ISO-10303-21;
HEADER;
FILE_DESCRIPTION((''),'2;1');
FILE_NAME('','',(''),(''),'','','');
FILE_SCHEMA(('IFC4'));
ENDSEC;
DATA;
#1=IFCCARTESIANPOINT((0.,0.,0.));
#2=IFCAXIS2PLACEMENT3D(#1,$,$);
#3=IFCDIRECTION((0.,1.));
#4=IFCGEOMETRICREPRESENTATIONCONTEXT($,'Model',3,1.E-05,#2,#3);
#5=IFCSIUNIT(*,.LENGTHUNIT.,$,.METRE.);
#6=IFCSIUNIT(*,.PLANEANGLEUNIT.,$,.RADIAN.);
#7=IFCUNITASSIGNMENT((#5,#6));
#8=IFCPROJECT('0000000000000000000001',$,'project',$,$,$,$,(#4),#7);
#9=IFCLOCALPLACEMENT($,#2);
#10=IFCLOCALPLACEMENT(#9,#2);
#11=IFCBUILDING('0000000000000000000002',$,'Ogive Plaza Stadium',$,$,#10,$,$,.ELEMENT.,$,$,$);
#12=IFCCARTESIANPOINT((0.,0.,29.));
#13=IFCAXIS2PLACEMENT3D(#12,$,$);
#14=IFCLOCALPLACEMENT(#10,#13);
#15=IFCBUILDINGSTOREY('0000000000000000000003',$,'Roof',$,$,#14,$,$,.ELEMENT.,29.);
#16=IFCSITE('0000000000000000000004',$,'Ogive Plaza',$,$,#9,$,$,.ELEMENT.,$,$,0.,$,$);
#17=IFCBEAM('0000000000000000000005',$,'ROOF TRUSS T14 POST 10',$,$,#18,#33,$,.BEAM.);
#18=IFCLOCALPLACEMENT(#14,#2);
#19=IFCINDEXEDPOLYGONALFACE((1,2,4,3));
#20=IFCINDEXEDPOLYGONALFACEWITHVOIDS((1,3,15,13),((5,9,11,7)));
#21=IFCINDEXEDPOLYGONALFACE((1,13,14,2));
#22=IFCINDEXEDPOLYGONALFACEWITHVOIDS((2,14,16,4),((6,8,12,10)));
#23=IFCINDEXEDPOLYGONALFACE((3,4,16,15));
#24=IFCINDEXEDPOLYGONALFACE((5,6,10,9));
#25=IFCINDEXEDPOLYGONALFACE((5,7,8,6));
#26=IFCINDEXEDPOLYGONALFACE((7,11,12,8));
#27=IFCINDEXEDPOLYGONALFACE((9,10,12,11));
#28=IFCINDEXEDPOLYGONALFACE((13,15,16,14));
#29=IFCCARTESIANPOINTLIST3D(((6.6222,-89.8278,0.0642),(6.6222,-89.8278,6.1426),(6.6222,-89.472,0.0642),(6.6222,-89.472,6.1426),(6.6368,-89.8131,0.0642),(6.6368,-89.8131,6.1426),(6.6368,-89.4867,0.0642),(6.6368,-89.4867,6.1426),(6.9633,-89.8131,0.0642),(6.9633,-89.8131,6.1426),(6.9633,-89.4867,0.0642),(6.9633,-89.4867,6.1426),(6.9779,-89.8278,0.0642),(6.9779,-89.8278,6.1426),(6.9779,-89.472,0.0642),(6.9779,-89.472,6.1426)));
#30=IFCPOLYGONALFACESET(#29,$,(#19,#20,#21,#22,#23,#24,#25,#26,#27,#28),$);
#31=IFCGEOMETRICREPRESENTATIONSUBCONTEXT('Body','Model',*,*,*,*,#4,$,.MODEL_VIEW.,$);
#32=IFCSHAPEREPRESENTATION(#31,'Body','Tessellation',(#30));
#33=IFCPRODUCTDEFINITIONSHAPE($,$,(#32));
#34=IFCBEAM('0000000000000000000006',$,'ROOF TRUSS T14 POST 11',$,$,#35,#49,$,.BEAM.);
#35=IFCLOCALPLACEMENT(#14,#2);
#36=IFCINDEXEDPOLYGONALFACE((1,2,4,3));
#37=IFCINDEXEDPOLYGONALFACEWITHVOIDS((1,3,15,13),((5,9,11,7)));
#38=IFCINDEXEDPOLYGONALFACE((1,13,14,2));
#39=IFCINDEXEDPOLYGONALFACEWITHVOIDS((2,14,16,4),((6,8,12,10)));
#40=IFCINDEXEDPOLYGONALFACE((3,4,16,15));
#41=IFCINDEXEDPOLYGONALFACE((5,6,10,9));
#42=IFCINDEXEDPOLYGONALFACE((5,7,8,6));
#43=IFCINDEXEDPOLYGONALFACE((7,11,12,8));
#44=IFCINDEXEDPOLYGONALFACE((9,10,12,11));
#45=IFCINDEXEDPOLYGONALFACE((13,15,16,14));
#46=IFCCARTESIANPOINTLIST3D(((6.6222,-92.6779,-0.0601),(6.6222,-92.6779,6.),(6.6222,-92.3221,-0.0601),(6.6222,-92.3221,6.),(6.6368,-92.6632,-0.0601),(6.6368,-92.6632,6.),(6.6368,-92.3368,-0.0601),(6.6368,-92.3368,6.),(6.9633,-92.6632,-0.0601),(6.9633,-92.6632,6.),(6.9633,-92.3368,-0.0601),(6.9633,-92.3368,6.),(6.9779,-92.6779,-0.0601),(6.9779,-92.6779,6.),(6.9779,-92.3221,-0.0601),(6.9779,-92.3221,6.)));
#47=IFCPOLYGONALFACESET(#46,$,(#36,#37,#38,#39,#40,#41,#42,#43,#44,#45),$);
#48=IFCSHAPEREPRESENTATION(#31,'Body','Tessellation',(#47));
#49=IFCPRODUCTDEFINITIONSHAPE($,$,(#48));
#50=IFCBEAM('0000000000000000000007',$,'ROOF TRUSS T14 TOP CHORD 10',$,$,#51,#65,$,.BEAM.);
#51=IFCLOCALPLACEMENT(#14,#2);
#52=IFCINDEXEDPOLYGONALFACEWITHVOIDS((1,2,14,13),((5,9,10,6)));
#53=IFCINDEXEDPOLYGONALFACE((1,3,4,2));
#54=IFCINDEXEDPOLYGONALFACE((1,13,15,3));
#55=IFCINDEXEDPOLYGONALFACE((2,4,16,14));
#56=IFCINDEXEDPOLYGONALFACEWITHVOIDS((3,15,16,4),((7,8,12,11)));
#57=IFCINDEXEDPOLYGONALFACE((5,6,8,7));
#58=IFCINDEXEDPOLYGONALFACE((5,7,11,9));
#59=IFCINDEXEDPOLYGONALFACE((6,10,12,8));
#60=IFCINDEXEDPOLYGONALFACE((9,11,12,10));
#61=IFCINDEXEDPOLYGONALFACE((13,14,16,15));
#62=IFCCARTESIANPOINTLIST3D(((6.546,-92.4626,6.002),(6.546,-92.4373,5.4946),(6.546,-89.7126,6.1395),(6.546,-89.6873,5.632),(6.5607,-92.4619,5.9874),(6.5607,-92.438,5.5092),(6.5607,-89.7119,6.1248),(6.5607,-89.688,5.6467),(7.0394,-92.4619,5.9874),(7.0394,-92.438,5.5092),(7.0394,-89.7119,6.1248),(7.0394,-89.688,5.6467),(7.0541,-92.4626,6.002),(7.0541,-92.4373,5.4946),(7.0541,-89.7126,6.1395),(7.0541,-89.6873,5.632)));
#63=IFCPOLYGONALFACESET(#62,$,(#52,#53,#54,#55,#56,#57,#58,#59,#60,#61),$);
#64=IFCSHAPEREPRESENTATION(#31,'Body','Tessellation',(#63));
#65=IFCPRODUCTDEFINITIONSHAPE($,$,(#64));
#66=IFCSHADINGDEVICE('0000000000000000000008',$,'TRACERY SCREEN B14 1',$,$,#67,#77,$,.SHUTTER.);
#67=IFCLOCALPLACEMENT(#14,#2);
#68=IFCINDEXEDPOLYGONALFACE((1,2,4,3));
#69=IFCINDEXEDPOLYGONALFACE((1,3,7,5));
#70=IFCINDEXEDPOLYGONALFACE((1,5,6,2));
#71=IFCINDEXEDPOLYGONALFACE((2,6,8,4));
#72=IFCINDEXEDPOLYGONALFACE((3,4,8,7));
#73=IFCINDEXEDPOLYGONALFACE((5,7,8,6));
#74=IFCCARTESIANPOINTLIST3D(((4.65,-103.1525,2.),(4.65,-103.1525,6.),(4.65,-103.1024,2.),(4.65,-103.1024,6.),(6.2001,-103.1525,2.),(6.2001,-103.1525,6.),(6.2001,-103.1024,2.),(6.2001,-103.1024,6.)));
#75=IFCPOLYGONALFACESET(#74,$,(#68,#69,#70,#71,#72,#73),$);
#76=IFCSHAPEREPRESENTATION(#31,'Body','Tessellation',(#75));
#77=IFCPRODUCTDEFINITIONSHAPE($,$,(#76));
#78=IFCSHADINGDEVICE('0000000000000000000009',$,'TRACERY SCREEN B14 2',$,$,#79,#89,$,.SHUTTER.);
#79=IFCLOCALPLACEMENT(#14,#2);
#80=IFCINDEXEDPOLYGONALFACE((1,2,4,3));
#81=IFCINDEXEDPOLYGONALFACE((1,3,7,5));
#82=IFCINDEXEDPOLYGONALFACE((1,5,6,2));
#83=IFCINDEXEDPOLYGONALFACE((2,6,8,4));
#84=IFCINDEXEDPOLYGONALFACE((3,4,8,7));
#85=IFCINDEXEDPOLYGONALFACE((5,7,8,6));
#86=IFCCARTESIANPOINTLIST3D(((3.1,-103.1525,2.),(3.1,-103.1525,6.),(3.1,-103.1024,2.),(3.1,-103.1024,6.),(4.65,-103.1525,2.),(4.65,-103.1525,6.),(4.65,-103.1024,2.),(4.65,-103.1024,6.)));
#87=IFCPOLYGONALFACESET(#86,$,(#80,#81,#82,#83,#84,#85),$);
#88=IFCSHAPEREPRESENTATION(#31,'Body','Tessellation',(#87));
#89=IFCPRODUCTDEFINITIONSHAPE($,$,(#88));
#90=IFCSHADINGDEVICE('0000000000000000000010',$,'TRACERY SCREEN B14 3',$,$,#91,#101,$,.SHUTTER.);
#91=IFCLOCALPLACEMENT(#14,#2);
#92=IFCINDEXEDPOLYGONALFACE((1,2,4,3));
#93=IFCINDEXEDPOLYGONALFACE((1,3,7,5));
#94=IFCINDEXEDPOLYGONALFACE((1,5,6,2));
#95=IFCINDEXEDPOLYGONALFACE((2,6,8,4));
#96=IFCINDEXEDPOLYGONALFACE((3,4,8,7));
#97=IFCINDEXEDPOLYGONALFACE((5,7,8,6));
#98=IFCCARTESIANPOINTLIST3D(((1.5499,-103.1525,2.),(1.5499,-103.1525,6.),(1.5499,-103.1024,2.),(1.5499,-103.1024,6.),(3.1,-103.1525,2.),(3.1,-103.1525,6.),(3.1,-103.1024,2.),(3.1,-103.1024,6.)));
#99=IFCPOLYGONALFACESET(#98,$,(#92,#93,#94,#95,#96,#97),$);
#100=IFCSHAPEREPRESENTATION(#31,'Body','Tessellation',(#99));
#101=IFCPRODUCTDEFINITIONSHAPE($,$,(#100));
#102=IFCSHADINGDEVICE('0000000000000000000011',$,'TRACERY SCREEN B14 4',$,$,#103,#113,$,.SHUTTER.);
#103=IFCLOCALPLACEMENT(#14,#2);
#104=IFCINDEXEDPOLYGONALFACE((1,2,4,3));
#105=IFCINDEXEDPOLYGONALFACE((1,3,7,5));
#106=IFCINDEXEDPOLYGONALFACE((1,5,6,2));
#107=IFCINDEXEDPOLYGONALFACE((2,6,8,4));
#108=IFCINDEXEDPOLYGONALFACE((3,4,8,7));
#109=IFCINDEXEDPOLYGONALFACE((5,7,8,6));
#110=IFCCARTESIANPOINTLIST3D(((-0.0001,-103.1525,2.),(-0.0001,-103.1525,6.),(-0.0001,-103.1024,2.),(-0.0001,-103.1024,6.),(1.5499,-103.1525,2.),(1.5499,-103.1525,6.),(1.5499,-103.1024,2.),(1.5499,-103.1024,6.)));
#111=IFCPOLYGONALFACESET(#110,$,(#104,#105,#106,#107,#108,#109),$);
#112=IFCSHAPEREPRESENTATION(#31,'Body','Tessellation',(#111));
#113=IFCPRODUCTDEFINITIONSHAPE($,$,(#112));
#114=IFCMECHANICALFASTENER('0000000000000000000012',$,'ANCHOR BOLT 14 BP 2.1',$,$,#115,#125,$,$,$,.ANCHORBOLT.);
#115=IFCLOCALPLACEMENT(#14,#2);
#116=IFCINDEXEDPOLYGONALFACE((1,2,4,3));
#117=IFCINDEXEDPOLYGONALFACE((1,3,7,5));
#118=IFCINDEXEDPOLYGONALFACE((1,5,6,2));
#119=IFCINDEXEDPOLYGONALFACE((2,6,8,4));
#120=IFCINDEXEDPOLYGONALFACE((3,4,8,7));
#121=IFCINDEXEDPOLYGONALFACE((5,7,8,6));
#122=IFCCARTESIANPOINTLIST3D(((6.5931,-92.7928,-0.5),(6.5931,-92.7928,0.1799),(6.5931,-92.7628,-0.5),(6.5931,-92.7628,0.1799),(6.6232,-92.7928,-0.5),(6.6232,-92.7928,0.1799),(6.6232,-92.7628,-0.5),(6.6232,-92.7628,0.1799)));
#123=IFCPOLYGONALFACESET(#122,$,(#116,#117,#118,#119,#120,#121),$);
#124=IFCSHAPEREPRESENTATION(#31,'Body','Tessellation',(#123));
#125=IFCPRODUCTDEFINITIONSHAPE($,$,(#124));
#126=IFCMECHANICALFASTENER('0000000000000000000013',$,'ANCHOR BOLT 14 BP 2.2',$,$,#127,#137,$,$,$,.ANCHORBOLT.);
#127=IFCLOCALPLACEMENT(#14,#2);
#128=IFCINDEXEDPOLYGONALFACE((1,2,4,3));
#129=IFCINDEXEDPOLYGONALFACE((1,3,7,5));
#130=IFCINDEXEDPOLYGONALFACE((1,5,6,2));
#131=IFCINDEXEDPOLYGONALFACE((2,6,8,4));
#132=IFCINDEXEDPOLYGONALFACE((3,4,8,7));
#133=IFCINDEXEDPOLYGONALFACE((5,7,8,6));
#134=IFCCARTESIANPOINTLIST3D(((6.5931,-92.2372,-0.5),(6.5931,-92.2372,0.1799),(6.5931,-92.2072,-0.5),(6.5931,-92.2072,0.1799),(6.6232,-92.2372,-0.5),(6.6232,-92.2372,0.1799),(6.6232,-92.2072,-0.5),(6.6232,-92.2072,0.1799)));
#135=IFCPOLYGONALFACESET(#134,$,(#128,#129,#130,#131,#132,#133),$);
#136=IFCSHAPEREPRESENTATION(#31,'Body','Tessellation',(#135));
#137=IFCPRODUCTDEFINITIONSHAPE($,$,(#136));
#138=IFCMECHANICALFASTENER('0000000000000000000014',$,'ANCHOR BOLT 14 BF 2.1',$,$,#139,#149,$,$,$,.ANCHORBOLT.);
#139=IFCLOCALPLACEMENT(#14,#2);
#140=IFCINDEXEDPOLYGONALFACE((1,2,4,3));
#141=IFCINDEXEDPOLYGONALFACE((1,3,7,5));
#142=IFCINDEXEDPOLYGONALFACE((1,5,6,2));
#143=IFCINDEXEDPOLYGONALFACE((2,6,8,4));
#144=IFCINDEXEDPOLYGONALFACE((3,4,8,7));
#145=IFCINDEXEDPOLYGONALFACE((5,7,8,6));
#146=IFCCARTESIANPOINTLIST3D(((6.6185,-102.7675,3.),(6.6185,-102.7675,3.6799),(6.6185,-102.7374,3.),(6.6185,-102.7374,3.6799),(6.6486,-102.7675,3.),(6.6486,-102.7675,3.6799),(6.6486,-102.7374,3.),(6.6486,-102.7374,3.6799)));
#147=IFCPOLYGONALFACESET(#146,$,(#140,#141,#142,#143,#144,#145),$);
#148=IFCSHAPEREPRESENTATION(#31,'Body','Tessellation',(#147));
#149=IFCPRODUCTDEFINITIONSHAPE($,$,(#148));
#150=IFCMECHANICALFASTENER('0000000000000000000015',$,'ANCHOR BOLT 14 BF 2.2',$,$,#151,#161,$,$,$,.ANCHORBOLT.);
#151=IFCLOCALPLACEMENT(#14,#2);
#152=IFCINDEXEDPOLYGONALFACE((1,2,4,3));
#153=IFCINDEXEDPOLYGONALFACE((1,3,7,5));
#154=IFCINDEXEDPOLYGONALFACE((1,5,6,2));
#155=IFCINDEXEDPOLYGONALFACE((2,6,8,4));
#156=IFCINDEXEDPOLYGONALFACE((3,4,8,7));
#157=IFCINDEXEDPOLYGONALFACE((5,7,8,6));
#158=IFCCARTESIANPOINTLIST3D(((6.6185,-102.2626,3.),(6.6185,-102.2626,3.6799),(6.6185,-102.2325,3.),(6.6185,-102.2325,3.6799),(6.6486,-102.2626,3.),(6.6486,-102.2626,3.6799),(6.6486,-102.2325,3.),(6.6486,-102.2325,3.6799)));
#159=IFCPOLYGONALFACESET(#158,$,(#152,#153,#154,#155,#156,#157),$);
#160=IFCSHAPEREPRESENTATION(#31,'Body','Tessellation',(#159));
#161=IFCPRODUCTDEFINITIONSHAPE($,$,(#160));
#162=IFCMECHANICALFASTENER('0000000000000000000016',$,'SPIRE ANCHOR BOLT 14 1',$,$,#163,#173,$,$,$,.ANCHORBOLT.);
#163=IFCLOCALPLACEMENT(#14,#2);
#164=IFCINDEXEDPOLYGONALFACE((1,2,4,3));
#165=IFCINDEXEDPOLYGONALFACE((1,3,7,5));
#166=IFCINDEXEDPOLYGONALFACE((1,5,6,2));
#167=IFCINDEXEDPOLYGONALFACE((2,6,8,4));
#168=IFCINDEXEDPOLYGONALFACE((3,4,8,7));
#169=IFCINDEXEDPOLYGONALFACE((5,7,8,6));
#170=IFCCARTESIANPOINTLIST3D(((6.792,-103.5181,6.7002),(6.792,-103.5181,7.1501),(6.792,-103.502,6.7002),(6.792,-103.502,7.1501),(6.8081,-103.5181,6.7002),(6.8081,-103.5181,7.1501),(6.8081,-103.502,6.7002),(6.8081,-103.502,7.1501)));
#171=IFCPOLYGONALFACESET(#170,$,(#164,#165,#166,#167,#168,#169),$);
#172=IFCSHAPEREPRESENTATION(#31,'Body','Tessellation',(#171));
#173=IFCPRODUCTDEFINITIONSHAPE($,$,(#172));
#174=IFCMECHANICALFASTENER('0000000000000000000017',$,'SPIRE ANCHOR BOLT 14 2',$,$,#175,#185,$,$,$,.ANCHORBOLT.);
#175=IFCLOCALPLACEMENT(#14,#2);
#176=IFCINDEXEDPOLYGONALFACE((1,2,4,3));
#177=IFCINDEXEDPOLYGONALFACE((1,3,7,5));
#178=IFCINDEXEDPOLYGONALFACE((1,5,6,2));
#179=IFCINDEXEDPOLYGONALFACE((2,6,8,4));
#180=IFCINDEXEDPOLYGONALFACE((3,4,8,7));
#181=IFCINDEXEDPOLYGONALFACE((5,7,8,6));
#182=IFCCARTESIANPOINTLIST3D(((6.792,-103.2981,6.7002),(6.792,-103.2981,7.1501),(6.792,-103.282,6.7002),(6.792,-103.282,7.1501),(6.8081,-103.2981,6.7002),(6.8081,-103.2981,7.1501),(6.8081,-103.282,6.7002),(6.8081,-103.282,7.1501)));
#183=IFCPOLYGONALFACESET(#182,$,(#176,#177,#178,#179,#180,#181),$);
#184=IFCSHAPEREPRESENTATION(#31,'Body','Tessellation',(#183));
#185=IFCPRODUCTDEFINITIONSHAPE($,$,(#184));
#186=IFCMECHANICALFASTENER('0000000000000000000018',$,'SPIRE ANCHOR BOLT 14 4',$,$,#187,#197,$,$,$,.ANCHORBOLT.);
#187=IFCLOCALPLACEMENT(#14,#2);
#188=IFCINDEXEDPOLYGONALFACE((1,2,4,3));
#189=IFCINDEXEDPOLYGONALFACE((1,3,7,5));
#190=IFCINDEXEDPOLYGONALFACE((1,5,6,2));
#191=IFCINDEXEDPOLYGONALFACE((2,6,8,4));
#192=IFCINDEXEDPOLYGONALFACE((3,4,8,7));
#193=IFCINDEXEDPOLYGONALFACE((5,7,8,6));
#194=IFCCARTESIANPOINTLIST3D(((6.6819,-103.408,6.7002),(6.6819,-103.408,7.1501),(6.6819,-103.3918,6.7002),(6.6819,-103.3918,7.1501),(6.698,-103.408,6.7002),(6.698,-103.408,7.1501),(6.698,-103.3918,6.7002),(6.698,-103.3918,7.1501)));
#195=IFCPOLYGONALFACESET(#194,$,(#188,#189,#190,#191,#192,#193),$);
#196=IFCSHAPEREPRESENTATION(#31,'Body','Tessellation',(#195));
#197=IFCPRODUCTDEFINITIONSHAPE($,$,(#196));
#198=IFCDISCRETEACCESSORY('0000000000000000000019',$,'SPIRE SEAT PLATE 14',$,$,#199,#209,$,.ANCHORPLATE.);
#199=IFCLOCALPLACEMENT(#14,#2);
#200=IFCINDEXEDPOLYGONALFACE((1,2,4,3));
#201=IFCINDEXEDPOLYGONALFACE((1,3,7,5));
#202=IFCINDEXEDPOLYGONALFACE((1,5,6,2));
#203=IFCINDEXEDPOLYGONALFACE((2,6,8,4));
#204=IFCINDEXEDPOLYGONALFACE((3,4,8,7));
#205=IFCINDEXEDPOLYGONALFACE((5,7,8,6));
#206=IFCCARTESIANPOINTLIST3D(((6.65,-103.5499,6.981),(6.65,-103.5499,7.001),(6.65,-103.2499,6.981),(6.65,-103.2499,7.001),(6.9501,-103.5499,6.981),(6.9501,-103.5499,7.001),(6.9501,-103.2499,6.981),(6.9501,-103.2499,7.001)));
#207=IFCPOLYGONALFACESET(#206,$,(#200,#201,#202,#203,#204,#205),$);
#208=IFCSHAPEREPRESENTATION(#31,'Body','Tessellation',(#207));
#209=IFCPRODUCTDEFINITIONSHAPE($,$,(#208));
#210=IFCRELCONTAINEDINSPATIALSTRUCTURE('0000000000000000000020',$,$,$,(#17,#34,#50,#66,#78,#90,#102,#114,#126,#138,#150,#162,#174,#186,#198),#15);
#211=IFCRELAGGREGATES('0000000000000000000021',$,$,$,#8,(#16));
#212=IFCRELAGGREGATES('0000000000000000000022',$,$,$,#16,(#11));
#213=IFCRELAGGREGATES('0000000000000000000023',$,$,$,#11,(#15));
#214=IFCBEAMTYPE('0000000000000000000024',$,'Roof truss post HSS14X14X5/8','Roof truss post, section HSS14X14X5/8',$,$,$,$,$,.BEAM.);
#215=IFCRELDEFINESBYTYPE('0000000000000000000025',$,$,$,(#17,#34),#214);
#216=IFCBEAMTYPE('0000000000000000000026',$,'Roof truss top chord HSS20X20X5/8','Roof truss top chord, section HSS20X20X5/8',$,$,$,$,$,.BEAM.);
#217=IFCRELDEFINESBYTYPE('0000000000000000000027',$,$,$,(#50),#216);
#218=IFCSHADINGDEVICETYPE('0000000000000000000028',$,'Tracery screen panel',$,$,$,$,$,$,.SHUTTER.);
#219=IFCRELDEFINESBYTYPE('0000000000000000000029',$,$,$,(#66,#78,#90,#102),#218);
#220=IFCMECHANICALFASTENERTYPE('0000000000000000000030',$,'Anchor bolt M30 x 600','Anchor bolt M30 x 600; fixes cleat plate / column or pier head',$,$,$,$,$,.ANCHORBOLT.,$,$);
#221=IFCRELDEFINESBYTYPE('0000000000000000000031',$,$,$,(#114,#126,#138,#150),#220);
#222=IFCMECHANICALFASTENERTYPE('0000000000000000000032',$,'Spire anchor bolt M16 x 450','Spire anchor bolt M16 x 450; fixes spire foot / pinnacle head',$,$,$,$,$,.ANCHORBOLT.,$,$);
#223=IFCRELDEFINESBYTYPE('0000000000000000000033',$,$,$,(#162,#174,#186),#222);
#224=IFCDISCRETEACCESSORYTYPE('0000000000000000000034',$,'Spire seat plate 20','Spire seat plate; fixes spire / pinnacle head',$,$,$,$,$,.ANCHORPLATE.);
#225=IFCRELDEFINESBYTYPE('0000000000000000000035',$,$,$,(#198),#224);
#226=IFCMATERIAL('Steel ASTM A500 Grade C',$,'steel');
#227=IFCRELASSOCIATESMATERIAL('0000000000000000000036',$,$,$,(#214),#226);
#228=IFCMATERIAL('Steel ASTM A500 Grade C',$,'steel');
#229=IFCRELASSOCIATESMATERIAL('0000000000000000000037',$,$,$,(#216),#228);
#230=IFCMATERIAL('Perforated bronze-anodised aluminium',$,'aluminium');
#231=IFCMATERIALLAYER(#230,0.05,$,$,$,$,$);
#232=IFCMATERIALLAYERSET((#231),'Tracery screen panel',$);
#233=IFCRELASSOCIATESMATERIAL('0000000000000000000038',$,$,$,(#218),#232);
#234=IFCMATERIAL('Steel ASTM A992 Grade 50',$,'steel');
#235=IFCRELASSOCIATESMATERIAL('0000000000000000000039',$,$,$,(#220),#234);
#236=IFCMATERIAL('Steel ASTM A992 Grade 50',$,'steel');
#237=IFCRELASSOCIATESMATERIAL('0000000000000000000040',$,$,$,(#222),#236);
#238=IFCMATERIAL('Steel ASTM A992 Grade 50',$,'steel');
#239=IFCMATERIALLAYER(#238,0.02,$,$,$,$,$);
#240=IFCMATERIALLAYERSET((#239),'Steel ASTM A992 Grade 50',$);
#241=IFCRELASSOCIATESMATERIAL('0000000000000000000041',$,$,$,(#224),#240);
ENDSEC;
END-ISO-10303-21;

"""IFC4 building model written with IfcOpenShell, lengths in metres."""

from ifc_helpers import new_model, si_unit, direction, frame, origin, origin_2d, place, context, subcontext, project, spatial, rectangle, hollow_rectangle, extrude, material, layer, layer_set, material_profile, profile_set, type_object, element, save


model = new_model("IFC4")

# Units and contexts
model_context = context("Model", 3, precision=1e-05, world=origin(), true_north=direction((0.0, 1.0)))
body_context = subcontext(model_context, "Body", "Model", "MODEL_VIEW")
ifc_project = project(units=[si_unit("LENGTHUNIT", "METRE"), si_unit("PLANEANGLEUNIT", "RADIAN")], contexts=[model_context])

# Site, building, storey
site_placement = place(None, origin())
site = spatial("IfcSite", under=ifc_project, at=site_placement, Name="Ogive Plaza", CompositionType="ELEMENT", RefElevation=0.0)
building_placement = place(site_placement, origin())
building = spatial("IfcBuilding", under=site, at=building_placement, Name="Ogive Plaza Stadium", CompositionType="ELEMENT")
storey_placement = place(building_placement, frame((0.0, 0.0, 29.0)))
storey = spatial("IfcBuildingStorey", under=building, at=storey_placement, Name="Roof", CompositionType="ELEMENT", Elevation=29.0)

# Beams
ifc_material_1 = material(Name="Steel ASTM A500 Grade C", Category="steel")
ifc_material_profile_1 = material_profile(ifc_material_1, hollow_rectangle(XDim=0.3557, YDim=0.3557, WallThickness=0.0146, at=origin_2d()), Name="HSS14X14X5/8")
ifc_profile_set_1 = profile_set([ifc_material_profile_1], Name="Steel ASTM A500 Grade C")
beam_type_1 = type_object("IfcBeamType", Name="Roof truss post HSS14X14X5/8", Description="Roof truss post, section HSS14X14X5/8", PredefinedType="BEAM", material=ifc_profile_set_1)
beam_1_placement = place(storey_placement, frame((6.8, -89.6499, 0.0642), z_axis=(0.0, 0.0, 1.0), x_axis=(1.0, 0.0, 0.0)))
element("IfcBeam", 1, at=beam_1_placement, inside=storey, type_object=beam_type_1, Name="ROOF TRUSS T14 POST 10", PredefinedType="BEAM", context=body_context, shape_type="SweptSolid", body=[
    extrude(hollow_rectangle(XDim=0.3557, YDim=0.3557, WallThickness=0.0146, at=origin_2d()), origin(), (0.0, 0.0, 1.0), 6.0784),
])
beam_2_placement = place(storey_placement, frame((6.8, -92.5, -0.0601), z_axis=(0.0, 0.0, 1.0), x_axis=(1.0, 0.0, 0.0)))
element("IfcBeam", 2, at=beam_2_placement, inside=storey, type_object=beam_type_1, Name="ROOF TRUSS T14 POST 11", PredefinedType="BEAM", context=body_context, shape_type="SweptSolid", body=[
    extrude(hollow_rectangle(XDim=0.3557, YDim=0.3557, WallThickness=0.0146, at=origin_2d()), origin(), (0.0, 0.0, 1.0), 6.0601),
])
ifc_material_2 = material(Name="Steel ASTM A500 Grade C", Category="steel")
ifc_material_profile_2 = material_profile(ifc_material_2, hollow_rectangle(XDim=0.5081, YDim=0.5081, WallThickness=0.0146, at=origin_2d()), Name="HSS20X20X5/8")
ifc_profile_set_2 = profile_set([ifc_material_profile_2], Name="Steel ASTM A500 Grade C")
beam_type_2 = type_object("IfcBeamType", Name="Roof truss top chord HSS20X20X5/8", Description="Roof truss top chord, section HSS20X20X5/8", PredefinedType="BEAM", material=ifc_profile_set_2)
beam_3_placement = place(storey_placement, frame((6.8, -89.7, 5.8857), z_axis=(0.0, -0.998753, -0.04992), x_axis=(1.0, 0.0, 0.0)))
element("IfcBeam", 3, at=beam_3_placement, inside=storey, type_object=beam_type_2, Name="ROOF TRUSS T14 TOP CHORD 10", PredefinedType="BEAM", context=body_context, shape_type="SweptSolid", body=[
    extrude(hollow_rectangle(XDim=0.5081, YDim=0.5081, WallThickness=0.0146, at=origin_2d()), origin(), (0.0, 0.0, 1.0), 2.7534),
])

# Shading devices
ifc_material_3 = material(Name="Perforated bronze-anodised aluminium", Category="aluminium")
ifc_layer_1 = layer(ifc_material_3, 0.05)
ifc_layer_set_1 = layer_set([ifc_layer_1], Name="Tracery screen panel")
shading_device_type = type_object("IfcShadingDeviceType", Name="Tracery screen panel", PredefinedType="SHUTTER", material=ifc_layer_set_1)
for number, where, z_axis, x_axis, name in (
    (4, (5.425, -103.1274, 2.0), (0.0, 0.0, 1.0), (-1.0, 0.0, 0.0), "TRACERY SCREEN B14 1"),
    (5, (3.875, -103.1274, 2.0), (0.0, 0.0, 1.0), (-1.0, 0.0, 0.0), "TRACERY SCREEN B14 2"),
    (6, (2.325, -103.1274, 2.0), (0.0, 0.0, 1.0), (-1.0, 0.0, 0.0), "TRACERY SCREEN B14 3"),
    (7, (0.7749, -103.1274, 2.0), (0.0, 0.0, 1.0), (-1.0, 0.0, 0.0), "TRACERY SCREEN B14 4"),
):
    element("IfcShadingDevice", number, at=place(storey_placement, frame(where, z_axis=z_axis, x_axis=x_axis)), inside=storey, type_object=shading_device_type, Name=name, PredefinedType="SHUTTER", context=body_context, shape_type="SweptSolid", body=[
        extrude(rectangle(XDim=1.55, YDim=0.05, at=origin_2d()), origin(), (0.0, 0.0, 1.0), 4.0),
    ])

# Mechanical fasteners
ifc_material_4 = material(Name="Steel ASTM A992 Grade 50", Category="steel")
mechanical_fastener_type_1 = type_object("IfcMechanicalFastenerType", Name="Anchor bolt M30 x 600", Description="Anchor bolt M30 x 600; fixes cleat plate / column or pier head", PredefinedType="ANCHORBOLT", material=ifc_material_4)
for number, where, z_axis, x_axis, name in (
    (8, (6.6082, -92.7778, -0.5), (0.0, 0.0, 1.0), (0.0, -1.0, 0.0), "ANCHOR BOLT 14 BP 2.1"),
    (9, (6.6082, -92.2222, -0.5), (0.0, 0.0, 1.0), (0.0, -1.0, 0.0), "ANCHOR BOLT 14 BP 2.2"),
    (10, (6.6335, -102.7524, 3.0), (0.0, 0.0, 1.0), (0.0, -1.0, 0.0), "ANCHOR BOLT 14 BF 2.1"),
    (11, (6.6335, -102.2476, 3.0), (0.0, 0.0, 1.0), (0.0, -1.0, 0.0), "ANCHOR BOLT 14 BF 2.2"),
):
    element("IfcMechanicalFastener", number, at=place(storey_placement, frame(where, z_axis=z_axis, x_axis=x_axis)), inside=storey, type_object=mechanical_fastener_type_1, Name=name, PredefinedType="ANCHORBOLT", context=body_context, shape_type="SweptSolid", body=[
        extrude(rectangle(XDim=0.03, YDim=0.03, at=origin_2d()), origin(), (0.0, 0.0, 1.0), 0.6799),
    ])
ifc_material_5 = material(Name="Steel ASTM A992 Grade 50", Category="steel")
mechanical_fastener_type_2 = type_object("IfcMechanicalFastenerType", Name="Spire anchor bolt M16 x 450", Description="Spire anchor bolt M16 x 450; fixes spire foot / pinnacle head", PredefinedType="ANCHORBOLT", material=ifc_material_5)
for number, where, z_axis, x_axis, name in (
    (12, (6.8, -103.51, 6.7002), (0.0, 0.0, 1.0), (0.0, -1.0, 0.0), "SPIRE ANCHOR BOLT 14 1"),
    (13, (6.8, -103.29, 6.7002), (0.0, 0.0, 1.0), (0.0, -1.0, 0.0), "SPIRE ANCHOR BOLT 14 2"),
    (14, (6.6899, -103.3999, 6.7002), (0.0, 0.0, 1.0), (0.0, -1.0, 0.0), "SPIRE ANCHOR BOLT 14 4"),
):
    element("IfcMechanicalFastener", number, at=place(storey_placement, frame(where, z_axis=z_axis, x_axis=x_axis)), inside=storey, type_object=mechanical_fastener_type_2, Name=name, PredefinedType="ANCHORBOLT", context=body_context, shape_type="SweptSolid", body=[
        extrude(rectangle(XDim=0.0161, YDim=0.0161, at=origin_2d()), origin(), (0.0, 0.0, 1.0), 0.45),
    ])

# Discrete accessory
ifc_material_6 = material(Name="Steel ASTM A992 Grade 50", Category="steel")
ifc_layer_2 = layer(ifc_material_6, 0.02)
ifc_layer_set_2 = layer_set([ifc_layer_2], Name="Steel ASTM A992 Grade 50")
discrete_accessory_type_1 = type_object("IfcDiscreteAccessoryType", Name="Spire seat plate 20", Description="Spire seat plate; fixes spire / pinnacle head", PredefinedType="ANCHORPLATE", material=ifc_layer_set_2)
discrete_accessory_1_placement = place(storey_placement, frame((6.8, -103.3999, 6.981), z_axis=(0.0, 0.0, 1.0), x_axis=(0.0, -1.0, 0.0)))
element("IfcDiscreteAccessory", 15, at=discrete_accessory_1_placement, inside=storey, type_object=discrete_accessory_type_1, Name="SPIRE SEAT PLATE 14", PredefinedType="ANCHORPLATE", context=body_context, shape_type="SweptSolid", body=[
    extrude(rectangle(XDim=0.3, YDim=0.3, at=origin_2d()), origin(), (0.0, 0.0, 1.0), 0.02),
])

save(model, "model.ifc")
